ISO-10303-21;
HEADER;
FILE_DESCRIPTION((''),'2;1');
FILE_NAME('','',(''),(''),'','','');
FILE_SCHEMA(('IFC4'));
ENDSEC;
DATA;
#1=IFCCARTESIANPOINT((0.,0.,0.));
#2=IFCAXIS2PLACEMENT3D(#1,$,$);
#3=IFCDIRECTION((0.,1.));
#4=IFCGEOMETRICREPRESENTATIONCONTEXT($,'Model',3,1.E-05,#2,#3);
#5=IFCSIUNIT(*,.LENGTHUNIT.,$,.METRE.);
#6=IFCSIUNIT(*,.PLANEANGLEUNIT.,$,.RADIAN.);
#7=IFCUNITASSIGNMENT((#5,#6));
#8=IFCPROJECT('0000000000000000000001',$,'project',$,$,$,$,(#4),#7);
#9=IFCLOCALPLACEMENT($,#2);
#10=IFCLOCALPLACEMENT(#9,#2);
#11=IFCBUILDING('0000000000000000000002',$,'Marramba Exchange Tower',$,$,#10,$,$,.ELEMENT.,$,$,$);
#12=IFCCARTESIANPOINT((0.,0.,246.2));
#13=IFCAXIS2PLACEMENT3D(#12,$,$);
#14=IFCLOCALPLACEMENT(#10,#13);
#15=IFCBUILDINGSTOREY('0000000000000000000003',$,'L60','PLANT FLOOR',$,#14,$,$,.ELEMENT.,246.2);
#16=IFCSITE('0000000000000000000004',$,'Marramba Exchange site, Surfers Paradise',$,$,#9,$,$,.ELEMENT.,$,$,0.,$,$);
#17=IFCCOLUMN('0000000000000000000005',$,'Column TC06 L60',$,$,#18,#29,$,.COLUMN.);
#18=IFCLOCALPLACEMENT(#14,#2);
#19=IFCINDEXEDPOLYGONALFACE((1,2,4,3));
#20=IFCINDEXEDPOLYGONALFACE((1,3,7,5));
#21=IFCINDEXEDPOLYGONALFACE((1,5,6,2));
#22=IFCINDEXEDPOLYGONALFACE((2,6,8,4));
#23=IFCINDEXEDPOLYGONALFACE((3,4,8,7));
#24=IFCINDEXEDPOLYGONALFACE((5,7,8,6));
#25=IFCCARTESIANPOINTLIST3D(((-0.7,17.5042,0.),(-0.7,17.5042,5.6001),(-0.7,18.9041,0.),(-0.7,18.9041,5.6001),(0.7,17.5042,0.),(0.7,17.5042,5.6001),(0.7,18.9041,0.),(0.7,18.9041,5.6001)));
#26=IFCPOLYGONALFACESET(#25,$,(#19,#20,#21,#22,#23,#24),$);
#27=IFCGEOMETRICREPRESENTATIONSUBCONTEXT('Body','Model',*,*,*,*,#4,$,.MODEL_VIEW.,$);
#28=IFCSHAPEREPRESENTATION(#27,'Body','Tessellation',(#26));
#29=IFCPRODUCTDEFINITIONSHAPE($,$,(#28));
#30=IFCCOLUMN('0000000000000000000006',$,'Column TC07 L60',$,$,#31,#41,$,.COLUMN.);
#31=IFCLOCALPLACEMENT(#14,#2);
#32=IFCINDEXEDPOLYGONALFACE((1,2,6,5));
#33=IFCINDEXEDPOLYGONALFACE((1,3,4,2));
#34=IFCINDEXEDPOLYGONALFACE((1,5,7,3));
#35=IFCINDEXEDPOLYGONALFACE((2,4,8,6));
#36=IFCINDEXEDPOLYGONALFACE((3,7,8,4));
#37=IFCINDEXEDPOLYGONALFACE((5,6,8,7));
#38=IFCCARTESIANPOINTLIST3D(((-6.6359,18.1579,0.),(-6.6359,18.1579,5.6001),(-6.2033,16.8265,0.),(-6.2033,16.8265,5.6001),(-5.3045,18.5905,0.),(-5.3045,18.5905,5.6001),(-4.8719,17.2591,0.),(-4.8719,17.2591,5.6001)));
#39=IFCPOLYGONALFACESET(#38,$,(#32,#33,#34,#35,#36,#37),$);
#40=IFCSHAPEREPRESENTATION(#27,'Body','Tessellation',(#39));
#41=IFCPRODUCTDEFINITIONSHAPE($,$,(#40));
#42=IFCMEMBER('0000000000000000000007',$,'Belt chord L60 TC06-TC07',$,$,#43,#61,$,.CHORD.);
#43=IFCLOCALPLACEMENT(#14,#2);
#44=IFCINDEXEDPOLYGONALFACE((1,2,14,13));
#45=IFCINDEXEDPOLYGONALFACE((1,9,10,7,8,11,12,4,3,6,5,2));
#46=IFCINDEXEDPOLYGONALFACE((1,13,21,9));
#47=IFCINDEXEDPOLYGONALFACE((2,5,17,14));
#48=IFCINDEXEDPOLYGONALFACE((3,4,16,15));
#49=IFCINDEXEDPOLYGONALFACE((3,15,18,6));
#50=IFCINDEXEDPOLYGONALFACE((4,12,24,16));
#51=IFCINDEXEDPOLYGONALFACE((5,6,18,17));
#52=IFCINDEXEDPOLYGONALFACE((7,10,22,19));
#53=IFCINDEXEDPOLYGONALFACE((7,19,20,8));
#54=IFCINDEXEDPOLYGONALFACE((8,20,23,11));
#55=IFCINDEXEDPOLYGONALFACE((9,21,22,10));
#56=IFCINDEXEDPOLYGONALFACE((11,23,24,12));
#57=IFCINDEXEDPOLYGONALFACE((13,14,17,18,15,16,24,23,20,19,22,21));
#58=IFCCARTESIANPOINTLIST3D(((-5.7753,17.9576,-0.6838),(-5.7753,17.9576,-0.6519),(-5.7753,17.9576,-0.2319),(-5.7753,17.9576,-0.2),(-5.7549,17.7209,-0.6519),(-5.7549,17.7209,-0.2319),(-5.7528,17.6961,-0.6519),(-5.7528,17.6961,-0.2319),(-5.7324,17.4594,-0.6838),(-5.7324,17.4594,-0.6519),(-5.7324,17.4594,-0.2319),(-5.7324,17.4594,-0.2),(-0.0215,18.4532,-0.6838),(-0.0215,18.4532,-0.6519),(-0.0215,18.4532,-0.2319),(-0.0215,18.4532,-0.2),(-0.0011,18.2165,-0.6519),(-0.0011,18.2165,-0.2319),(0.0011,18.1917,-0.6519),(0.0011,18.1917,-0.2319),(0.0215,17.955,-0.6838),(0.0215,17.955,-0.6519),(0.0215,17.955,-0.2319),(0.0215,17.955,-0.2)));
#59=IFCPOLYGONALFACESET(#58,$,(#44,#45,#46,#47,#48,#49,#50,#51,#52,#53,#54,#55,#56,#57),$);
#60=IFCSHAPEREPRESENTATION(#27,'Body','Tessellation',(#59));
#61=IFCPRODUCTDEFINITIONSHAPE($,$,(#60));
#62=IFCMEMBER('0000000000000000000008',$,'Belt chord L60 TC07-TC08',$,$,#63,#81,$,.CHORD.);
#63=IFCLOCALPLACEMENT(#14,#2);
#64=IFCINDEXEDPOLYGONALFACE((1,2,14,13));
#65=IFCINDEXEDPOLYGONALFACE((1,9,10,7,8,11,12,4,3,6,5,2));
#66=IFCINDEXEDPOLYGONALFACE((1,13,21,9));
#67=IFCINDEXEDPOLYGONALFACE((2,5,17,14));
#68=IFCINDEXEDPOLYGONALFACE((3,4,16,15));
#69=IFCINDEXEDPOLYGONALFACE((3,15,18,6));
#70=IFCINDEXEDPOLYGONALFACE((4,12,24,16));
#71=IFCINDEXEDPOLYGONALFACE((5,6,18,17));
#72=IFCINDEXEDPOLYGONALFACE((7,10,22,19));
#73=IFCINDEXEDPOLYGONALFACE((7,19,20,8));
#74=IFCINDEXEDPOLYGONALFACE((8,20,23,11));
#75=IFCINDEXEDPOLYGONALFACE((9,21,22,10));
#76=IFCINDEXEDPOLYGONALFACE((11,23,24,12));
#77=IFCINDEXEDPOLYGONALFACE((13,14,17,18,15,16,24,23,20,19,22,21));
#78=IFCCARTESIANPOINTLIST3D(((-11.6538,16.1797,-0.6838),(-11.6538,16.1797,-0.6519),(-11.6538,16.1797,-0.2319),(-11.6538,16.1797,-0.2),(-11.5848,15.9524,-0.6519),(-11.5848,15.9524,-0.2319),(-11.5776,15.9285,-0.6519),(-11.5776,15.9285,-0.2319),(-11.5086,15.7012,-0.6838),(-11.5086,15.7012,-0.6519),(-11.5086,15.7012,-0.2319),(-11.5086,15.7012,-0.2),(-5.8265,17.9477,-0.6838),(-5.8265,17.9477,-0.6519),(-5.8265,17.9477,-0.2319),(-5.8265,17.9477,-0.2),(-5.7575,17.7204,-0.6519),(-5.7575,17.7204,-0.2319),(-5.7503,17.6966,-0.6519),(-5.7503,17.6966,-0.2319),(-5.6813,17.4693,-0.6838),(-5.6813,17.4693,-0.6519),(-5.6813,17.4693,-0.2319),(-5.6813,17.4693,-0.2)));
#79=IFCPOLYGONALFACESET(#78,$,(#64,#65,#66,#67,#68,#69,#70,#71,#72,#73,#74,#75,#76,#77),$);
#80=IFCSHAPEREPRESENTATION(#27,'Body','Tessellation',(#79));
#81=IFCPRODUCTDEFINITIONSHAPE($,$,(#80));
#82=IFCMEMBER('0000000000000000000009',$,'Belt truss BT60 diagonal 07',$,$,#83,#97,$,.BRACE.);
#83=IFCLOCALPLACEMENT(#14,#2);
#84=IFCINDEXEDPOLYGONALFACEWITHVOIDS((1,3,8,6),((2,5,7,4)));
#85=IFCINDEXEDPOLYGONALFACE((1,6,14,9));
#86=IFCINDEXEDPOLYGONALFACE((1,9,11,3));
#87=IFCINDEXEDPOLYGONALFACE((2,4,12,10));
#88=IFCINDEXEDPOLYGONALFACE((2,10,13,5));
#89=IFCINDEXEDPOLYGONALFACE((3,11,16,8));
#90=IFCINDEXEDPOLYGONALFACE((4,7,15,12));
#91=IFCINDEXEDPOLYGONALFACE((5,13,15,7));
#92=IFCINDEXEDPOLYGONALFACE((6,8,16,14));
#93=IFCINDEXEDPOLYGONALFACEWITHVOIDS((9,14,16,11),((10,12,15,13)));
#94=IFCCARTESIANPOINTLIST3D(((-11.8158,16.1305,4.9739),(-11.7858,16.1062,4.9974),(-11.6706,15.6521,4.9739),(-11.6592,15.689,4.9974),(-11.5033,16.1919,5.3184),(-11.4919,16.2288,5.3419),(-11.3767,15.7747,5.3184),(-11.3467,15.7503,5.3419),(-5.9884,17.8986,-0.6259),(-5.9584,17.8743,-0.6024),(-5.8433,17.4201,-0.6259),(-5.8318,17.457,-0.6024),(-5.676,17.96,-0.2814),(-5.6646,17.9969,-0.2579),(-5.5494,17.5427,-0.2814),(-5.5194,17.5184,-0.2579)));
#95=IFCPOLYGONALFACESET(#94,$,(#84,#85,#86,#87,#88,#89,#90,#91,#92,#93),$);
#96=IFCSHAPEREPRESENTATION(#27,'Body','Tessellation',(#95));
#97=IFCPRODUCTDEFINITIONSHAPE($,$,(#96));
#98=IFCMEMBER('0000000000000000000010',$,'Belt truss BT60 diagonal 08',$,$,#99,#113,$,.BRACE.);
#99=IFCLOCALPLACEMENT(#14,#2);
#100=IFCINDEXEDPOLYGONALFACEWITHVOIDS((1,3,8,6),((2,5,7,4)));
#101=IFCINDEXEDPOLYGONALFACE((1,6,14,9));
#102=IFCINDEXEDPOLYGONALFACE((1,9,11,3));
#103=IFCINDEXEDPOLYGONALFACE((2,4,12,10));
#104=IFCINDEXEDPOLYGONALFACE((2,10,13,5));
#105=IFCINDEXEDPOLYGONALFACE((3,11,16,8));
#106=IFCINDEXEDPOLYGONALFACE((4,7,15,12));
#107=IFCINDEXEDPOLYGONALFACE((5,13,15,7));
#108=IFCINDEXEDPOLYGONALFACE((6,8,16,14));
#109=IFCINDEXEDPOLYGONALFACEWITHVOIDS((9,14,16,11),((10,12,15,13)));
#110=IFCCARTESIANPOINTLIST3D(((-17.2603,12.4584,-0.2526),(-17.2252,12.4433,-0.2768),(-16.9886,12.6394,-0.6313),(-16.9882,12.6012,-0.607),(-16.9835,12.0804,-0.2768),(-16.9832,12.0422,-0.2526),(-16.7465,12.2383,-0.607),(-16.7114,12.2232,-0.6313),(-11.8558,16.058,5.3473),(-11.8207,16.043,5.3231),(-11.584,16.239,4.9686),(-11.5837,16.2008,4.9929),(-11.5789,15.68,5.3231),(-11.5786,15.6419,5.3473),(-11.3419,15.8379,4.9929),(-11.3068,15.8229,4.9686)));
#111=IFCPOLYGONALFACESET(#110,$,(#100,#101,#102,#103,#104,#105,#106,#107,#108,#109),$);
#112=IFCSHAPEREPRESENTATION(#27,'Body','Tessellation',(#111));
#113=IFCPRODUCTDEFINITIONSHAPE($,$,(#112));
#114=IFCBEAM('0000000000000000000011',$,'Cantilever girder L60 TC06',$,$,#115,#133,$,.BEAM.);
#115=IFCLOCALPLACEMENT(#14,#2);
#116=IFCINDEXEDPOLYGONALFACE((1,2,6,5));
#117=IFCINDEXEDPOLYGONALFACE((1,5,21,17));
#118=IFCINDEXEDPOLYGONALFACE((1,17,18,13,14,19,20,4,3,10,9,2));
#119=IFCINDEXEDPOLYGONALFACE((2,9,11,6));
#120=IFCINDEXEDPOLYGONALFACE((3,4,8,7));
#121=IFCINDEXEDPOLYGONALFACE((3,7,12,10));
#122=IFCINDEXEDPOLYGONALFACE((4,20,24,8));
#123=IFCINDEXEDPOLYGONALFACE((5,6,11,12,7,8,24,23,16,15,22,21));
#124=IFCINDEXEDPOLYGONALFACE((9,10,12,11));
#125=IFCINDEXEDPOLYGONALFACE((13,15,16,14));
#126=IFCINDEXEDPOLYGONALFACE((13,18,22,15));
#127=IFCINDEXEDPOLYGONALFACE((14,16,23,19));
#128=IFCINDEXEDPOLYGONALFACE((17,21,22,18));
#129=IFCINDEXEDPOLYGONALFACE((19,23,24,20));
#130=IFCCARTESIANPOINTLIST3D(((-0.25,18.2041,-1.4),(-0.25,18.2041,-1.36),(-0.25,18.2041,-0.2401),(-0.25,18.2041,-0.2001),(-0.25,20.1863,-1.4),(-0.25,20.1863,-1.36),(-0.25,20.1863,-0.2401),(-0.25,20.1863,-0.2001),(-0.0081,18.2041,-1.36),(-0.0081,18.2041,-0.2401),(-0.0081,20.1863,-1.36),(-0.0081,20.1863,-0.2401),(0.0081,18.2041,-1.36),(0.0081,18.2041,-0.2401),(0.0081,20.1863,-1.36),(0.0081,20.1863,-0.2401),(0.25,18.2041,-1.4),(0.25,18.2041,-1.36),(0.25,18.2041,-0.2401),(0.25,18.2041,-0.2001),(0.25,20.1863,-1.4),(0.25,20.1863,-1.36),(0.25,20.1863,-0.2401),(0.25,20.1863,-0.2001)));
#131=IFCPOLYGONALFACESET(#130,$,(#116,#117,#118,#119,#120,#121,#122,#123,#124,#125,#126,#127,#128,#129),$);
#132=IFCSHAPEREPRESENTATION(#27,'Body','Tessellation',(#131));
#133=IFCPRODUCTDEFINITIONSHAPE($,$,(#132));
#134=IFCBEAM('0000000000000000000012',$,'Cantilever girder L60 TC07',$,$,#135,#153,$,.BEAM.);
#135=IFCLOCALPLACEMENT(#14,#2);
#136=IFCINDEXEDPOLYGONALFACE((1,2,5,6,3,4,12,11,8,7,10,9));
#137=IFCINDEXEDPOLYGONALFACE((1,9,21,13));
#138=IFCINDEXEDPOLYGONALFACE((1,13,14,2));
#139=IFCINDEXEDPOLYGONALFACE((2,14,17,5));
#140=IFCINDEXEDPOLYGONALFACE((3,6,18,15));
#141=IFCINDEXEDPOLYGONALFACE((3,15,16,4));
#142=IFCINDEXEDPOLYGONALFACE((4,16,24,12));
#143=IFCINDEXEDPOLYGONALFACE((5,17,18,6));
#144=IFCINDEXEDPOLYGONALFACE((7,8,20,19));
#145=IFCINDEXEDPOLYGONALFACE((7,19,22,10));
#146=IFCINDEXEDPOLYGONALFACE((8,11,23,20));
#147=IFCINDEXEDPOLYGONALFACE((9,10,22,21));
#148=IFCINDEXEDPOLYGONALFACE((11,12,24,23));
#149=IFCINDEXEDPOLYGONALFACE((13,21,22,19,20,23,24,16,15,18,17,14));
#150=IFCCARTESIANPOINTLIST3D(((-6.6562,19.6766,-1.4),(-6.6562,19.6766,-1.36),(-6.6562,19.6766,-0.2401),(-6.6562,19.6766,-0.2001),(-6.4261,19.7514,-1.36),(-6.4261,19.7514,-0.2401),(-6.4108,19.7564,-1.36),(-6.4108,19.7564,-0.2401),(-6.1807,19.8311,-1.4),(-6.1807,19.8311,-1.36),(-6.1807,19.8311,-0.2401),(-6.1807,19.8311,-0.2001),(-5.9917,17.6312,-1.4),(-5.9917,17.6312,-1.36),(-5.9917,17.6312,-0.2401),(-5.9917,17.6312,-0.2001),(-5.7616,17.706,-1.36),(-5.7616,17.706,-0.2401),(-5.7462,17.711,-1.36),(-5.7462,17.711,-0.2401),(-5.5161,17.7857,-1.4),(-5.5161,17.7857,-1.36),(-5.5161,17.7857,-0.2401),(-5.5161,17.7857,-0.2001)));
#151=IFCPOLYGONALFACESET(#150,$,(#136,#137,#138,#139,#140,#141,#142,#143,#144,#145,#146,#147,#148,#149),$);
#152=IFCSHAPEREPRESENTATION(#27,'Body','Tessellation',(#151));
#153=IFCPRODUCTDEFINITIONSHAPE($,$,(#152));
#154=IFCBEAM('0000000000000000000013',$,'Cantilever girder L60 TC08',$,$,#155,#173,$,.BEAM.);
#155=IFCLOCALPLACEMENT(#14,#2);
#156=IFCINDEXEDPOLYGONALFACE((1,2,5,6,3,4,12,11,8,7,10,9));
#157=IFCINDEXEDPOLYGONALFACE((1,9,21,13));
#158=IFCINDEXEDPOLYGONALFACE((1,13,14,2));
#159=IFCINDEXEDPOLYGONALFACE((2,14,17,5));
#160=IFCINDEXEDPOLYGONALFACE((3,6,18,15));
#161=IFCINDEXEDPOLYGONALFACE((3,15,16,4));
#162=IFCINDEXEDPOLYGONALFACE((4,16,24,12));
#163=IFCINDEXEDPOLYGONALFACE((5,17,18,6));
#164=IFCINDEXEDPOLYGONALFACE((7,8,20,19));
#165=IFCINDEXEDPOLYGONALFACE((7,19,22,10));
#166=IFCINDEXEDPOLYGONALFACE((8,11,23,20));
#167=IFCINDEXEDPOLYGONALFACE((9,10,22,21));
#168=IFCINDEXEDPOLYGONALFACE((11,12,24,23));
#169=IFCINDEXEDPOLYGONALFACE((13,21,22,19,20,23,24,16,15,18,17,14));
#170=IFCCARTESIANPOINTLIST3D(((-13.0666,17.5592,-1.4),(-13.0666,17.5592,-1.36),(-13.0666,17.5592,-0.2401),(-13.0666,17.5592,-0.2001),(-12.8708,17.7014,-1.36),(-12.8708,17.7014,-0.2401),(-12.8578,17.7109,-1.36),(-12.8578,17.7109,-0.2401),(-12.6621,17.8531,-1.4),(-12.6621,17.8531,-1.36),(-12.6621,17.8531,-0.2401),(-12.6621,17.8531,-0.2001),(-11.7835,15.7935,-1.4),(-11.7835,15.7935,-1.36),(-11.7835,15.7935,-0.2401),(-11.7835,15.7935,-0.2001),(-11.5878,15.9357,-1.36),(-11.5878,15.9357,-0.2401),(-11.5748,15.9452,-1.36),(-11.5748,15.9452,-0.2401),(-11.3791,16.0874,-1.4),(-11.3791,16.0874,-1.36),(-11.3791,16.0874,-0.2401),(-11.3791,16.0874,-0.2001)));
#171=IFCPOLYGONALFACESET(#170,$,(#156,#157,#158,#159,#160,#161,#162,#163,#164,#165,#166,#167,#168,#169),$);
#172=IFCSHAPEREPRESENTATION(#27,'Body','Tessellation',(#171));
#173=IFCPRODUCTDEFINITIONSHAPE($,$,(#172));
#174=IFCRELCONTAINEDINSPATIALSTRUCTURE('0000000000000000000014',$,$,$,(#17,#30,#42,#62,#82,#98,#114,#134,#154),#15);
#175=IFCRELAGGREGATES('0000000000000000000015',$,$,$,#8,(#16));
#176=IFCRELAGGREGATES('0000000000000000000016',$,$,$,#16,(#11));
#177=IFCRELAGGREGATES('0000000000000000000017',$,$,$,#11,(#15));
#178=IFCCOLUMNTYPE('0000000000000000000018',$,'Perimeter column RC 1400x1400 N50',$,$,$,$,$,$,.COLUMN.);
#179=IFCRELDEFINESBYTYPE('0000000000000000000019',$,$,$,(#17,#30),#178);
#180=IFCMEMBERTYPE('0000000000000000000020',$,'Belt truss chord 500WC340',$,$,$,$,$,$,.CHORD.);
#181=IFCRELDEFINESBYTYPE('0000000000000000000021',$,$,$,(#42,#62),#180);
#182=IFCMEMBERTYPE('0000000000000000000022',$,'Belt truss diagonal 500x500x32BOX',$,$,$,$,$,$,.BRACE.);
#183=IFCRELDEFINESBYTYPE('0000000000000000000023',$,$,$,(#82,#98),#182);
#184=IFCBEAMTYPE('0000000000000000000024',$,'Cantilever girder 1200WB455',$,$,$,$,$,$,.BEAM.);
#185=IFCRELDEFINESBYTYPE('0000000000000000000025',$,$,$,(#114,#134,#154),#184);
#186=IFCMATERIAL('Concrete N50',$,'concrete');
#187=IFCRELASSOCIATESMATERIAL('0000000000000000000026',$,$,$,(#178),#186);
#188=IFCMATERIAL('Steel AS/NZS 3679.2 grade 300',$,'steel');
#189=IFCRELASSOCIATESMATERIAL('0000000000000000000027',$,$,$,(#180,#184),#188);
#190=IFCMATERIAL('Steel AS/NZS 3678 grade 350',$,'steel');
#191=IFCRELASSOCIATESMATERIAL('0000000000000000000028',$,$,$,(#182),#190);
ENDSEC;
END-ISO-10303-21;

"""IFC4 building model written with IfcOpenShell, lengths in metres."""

from ifc_helpers import new_model, si_unit, direction, frame, origin, origin_2d, place, context, subcontext, project, spatial, rectangle, hollow_rectangle, i_section, extrude, material, material_profile, profile_set, type_object, element, save


model = new_model("IFC4")

# Units and contexts
model_context = context("Model", 3, precision=1e-05, world=origin(), true_north=direction((0.0, 1.0)))
body_context = subcontext(model_context, "Body", "Model", "MODEL_VIEW")
ifc_project = project(units=[si_unit("LENGTHUNIT", "METRE"), si_unit("PLANEANGLEUNIT", "RADIAN")], contexts=[model_context])

# Site, building, storey
site_placement = place(None, origin())
site = spatial("IfcSite", under=ifc_project, at=site_placement, Name="Marramba Exchange site, Surfers Paradise", CompositionType="ELEMENT", RefElevation=0.0)
building_placement = place(site_placement, origin())
building = spatial("IfcBuilding", under=site, at=building_placement, Name="Marramba Exchange Tower", CompositionType="ELEMENT")
storey_placement = place(building_placement, frame((0.0, 0.0, 246.2)))
storey = spatial("IfcBuildingStorey", under=building, at=storey_placement, Name="L60", Description="PLANT FLOOR", CompositionType="ELEMENT", Elevation=246.2)

# Columns
ifc_material_1 = material(Name="Concrete N50", Category="concrete")
ifc_material_profile_1 = material_profile(ifc_material_1, rectangle(XDim=1.3999, YDim=1.3999, at=origin_2d()), Name="RC 1400x1400")
ifc_profile_set_1 = profile_set([ifc_material_profile_1], Name="Concrete N50")
column_type = type_object("IfcColumnType", Name="Perimeter column RC 1400x1400 N50", PredefinedType="COLUMN", material=ifc_profile_set_1)
for number, where, z_axis, x_axis, name in (
    (1, (0.0, 18.2041, 0.0), (0.0, 0.0, 1.0), (0.0, 1.0, 0.0), "Column TC06 L60"),
    (2, (-5.7539, 17.7085, 0.0), (0.0, 0.0, 1.0), (-0.309017, 0.951057, 0.0), "Column TC07 L60"),
):
    element("IfcColumn", number, at=place(storey_placement, frame(where, z_axis=z_axis, x_axis=x_axis)), inside=storey, type_object=column_type, Name=name, PredefinedType="COLUMN", context=body_context, shape_type="SweptSolid", body=[
        extrude(rectangle(XDim=1.3999, YDim=1.3999, at=origin_2d()), origin(), (0.0, 0.0, 1.0), 5.6001),
    ])

# Members
ifc_material_2 = material(Name="Steel AS/NZS 3679.2 grade 300", Category="steel")
ifc_material_profile_2 = material_profile(ifc_material_2, i_section(OverallWidth=0.5, OverallDepth=0.4839, WebThickness=0.0249, FlangeThickness=0.032, at=origin_2d()), Name="500WC340")
ifc_profile_set_2 = profile_set([ifc_material_profile_2], Name="Steel AS/NZS 3679.2 grade 300")
member_type_1 = type_object("IfcMemberType", Name="Belt truss chord 500WC340", PredefinedType="CHORD", material=ifc_profile_set_2)
member_1_placement = place(storey_placement, frame((0.0, 18.2041, -0.4419), z_axis=(-0.996311, -0.085816, 0.0), x_axis=(0.085816, -0.996311, 0.0)))
element("IfcMember", 3, at=member_1_placement, inside=storey, type_object=member_type_1, Name="Belt chord L60 TC06-TC07", PredefinedType="CHORD", context=body_context, shape_type="SweptSolid", body=[
    extrude(i_section(OverallWidth=0.5, OverallDepth=0.4839, WebThickness=0.0249, FlangeThickness=0.032, at=origin_2d()), origin(), (0.0, 0.0, 1.0), 5.7751),
])
member_2_placement = place(storey_placement, frame((-5.7539, 17.7085, -0.4419), z_axis=(-0.956925, -0.290337, 0.0), x_axis=(0.290337, -0.956925, 0.0)))
element("IfcMember", 4, at=member_2_placement, inside=storey, type_object=member_type_1, Name="Belt chord L60 TC07-TC08", PredefinedType="CHORD", context=body_context, shape_type="SweptSolid", body=[
    extrude(i_section(OverallWidth=0.5, OverallDepth=0.4839, WebThickness=0.0249, FlangeThickness=0.032, at=origin_2d()), origin(), (0.0, 0.0, 1.0), 6.0896),
])
ifc_material_3 = material(Name="Steel AS/NZS 3678 grade 350", Category="steel")
ifc_material_profile_3 = material_profile(ifc_material_3, hollow_rectangle(XDim=0.5, YDim=0.5, WallThickness=0.032, at=origin_2d()), Name="500x500x32BOX")
ifc_profile_set_3 = profile_set([ifc_material_profile_3], Name="Steel AS/NZS 3678 grade 350")
member_type_2 = type_object("IfcMemberType", Name="Belt truss diagonal 500x500x32BOX", PredefinedType="BRACE", material=ifc_profile_set_3)
member_3_placement = place(storey_placement, frame((-5.7539, 17.7085, -0.4419), z_axis=(-0.704385, -0.213715, 0.676881), x_axis=(0.290337, -0.956925, 0.0)))
element("IfcMember", 5, at=member_3_placement, inside=storey, type_object=member_type_2, Name="Belt truss BT60 diagonal 07", PredefinedType="BRACE", context=body_context, shape_type="SweptSolid", body=[
    extrude(hollow_rectangle(XDim=0.5, YDim=0.5, WallThickness=0.032, at=origin_2d()), origin(), (0.0, 0.0, 1.0), 8.2729),
])
member_4_placement = place(storey_placement, frame((-11.5813, 15.9404, 5.158), z_axis=(-0.630293, -0.419797, -0.653071), x_axis=(0.554336, -0.832293, 0.0)))
element("IfcMember", 6, at=member_4_placement, inside=storey, type_object=member_type_2, Name="Belt truss BT60 diagonal 08", PredefinedType="BRACE", context=body_context, shape_type="SweptSolid", body=[
    extrude(hollow_rectangle(XDim=0.5, YDim=0.5, WallThickness=0.032, at=origin_2d()), origin(), (0.0, 0.0, 1.0), 8.5747),
])

# Beams
ifc_material_profile_4 = material_profile(ifc_material_2, i_section(OverallWidth=0.5, OverallDepth=1.2, WebThickness=0.0161, FlangeThickness=0.04, at=origin_2d()), Name="1200WB455")
ifc_profile_set_4 = profile_set([ifc_material_profile_4], Name="Steel AS/NZS 3679.2 grade 300")
beam_type_1 = type_object("IfcBeamType", Name="Cantilever girder 1200WB455", PredefinedType="BEAM", material=ifc_profile_set_4)
beam_1_placement = place(storey_placement, frame((0.0, 18.2041, -0.8), z_axis=(0.0, 1.0, 0.0), x_axis=(-1.0, 0.0, 0.0)))
element("IfcBeam", 7, at=beam_1_placement, inside=storey, type_object=beam_type_1, Name="Cantilever girder L60 TC06", PredefinedType="BEAM", context=body_context, shape_type="SweptSolid", body=[
    extrude(i_section(OverallWidth=0.5, OverallDepth=1.2, WebThickness=0.0161, FlangeThickness=0.04, at=origin_2d()), origin(), (0.0, 0.0, 1.0), 1.9822),
])
beam_2_placement = place(storey_placement, frame((-5.7539, 17.7085, -0.8), z_axis=(-0.308999, 0.951062, 0.0), x_axis=(-0.951062, -0.308999, 0.0)))
element("IfcBeam", 8, at=beam_2_placement, inside=storey, type_object=beam_type_1, Name="Cantilever girder L60 TC07", PredefinedType="BEAM", context=body_context, shape_type="SweptSolid", body=[
    extrude(i_section(OverallWidth=0.5, OverallDepth=1.2, WebThickness=0.0161, FlangeThickness=0.04, at=origin_2d()), origin(), (0.0, 0.0, 1.0), 2.1506),
])
beam_3_placement = place(storey_placement, frame((-11.5813, 15.9404, -0.8), z_axis=(-0.587832, 0.808983, 0.0), x_axis=(-0.808983, -0.587832, 0.0)))
element("IfcBeam", 9, at=beam_3_placement, inside=storey, type_object=beam_type_1, Name="Cantilever girder L60 TC08", PredefinedType="BEAM", context=body_context, shape_type="SweptSolid", body=[
    extrude(i_section(OverallWidth=0.5, OverallDepth=1.2, WebThickness=0.0161, FlangeThickness=0.04, at=origin_2d()), origin(), (0.0, 0.0, 1.0), 2.1826),
])

save(model, "model.ifc")
